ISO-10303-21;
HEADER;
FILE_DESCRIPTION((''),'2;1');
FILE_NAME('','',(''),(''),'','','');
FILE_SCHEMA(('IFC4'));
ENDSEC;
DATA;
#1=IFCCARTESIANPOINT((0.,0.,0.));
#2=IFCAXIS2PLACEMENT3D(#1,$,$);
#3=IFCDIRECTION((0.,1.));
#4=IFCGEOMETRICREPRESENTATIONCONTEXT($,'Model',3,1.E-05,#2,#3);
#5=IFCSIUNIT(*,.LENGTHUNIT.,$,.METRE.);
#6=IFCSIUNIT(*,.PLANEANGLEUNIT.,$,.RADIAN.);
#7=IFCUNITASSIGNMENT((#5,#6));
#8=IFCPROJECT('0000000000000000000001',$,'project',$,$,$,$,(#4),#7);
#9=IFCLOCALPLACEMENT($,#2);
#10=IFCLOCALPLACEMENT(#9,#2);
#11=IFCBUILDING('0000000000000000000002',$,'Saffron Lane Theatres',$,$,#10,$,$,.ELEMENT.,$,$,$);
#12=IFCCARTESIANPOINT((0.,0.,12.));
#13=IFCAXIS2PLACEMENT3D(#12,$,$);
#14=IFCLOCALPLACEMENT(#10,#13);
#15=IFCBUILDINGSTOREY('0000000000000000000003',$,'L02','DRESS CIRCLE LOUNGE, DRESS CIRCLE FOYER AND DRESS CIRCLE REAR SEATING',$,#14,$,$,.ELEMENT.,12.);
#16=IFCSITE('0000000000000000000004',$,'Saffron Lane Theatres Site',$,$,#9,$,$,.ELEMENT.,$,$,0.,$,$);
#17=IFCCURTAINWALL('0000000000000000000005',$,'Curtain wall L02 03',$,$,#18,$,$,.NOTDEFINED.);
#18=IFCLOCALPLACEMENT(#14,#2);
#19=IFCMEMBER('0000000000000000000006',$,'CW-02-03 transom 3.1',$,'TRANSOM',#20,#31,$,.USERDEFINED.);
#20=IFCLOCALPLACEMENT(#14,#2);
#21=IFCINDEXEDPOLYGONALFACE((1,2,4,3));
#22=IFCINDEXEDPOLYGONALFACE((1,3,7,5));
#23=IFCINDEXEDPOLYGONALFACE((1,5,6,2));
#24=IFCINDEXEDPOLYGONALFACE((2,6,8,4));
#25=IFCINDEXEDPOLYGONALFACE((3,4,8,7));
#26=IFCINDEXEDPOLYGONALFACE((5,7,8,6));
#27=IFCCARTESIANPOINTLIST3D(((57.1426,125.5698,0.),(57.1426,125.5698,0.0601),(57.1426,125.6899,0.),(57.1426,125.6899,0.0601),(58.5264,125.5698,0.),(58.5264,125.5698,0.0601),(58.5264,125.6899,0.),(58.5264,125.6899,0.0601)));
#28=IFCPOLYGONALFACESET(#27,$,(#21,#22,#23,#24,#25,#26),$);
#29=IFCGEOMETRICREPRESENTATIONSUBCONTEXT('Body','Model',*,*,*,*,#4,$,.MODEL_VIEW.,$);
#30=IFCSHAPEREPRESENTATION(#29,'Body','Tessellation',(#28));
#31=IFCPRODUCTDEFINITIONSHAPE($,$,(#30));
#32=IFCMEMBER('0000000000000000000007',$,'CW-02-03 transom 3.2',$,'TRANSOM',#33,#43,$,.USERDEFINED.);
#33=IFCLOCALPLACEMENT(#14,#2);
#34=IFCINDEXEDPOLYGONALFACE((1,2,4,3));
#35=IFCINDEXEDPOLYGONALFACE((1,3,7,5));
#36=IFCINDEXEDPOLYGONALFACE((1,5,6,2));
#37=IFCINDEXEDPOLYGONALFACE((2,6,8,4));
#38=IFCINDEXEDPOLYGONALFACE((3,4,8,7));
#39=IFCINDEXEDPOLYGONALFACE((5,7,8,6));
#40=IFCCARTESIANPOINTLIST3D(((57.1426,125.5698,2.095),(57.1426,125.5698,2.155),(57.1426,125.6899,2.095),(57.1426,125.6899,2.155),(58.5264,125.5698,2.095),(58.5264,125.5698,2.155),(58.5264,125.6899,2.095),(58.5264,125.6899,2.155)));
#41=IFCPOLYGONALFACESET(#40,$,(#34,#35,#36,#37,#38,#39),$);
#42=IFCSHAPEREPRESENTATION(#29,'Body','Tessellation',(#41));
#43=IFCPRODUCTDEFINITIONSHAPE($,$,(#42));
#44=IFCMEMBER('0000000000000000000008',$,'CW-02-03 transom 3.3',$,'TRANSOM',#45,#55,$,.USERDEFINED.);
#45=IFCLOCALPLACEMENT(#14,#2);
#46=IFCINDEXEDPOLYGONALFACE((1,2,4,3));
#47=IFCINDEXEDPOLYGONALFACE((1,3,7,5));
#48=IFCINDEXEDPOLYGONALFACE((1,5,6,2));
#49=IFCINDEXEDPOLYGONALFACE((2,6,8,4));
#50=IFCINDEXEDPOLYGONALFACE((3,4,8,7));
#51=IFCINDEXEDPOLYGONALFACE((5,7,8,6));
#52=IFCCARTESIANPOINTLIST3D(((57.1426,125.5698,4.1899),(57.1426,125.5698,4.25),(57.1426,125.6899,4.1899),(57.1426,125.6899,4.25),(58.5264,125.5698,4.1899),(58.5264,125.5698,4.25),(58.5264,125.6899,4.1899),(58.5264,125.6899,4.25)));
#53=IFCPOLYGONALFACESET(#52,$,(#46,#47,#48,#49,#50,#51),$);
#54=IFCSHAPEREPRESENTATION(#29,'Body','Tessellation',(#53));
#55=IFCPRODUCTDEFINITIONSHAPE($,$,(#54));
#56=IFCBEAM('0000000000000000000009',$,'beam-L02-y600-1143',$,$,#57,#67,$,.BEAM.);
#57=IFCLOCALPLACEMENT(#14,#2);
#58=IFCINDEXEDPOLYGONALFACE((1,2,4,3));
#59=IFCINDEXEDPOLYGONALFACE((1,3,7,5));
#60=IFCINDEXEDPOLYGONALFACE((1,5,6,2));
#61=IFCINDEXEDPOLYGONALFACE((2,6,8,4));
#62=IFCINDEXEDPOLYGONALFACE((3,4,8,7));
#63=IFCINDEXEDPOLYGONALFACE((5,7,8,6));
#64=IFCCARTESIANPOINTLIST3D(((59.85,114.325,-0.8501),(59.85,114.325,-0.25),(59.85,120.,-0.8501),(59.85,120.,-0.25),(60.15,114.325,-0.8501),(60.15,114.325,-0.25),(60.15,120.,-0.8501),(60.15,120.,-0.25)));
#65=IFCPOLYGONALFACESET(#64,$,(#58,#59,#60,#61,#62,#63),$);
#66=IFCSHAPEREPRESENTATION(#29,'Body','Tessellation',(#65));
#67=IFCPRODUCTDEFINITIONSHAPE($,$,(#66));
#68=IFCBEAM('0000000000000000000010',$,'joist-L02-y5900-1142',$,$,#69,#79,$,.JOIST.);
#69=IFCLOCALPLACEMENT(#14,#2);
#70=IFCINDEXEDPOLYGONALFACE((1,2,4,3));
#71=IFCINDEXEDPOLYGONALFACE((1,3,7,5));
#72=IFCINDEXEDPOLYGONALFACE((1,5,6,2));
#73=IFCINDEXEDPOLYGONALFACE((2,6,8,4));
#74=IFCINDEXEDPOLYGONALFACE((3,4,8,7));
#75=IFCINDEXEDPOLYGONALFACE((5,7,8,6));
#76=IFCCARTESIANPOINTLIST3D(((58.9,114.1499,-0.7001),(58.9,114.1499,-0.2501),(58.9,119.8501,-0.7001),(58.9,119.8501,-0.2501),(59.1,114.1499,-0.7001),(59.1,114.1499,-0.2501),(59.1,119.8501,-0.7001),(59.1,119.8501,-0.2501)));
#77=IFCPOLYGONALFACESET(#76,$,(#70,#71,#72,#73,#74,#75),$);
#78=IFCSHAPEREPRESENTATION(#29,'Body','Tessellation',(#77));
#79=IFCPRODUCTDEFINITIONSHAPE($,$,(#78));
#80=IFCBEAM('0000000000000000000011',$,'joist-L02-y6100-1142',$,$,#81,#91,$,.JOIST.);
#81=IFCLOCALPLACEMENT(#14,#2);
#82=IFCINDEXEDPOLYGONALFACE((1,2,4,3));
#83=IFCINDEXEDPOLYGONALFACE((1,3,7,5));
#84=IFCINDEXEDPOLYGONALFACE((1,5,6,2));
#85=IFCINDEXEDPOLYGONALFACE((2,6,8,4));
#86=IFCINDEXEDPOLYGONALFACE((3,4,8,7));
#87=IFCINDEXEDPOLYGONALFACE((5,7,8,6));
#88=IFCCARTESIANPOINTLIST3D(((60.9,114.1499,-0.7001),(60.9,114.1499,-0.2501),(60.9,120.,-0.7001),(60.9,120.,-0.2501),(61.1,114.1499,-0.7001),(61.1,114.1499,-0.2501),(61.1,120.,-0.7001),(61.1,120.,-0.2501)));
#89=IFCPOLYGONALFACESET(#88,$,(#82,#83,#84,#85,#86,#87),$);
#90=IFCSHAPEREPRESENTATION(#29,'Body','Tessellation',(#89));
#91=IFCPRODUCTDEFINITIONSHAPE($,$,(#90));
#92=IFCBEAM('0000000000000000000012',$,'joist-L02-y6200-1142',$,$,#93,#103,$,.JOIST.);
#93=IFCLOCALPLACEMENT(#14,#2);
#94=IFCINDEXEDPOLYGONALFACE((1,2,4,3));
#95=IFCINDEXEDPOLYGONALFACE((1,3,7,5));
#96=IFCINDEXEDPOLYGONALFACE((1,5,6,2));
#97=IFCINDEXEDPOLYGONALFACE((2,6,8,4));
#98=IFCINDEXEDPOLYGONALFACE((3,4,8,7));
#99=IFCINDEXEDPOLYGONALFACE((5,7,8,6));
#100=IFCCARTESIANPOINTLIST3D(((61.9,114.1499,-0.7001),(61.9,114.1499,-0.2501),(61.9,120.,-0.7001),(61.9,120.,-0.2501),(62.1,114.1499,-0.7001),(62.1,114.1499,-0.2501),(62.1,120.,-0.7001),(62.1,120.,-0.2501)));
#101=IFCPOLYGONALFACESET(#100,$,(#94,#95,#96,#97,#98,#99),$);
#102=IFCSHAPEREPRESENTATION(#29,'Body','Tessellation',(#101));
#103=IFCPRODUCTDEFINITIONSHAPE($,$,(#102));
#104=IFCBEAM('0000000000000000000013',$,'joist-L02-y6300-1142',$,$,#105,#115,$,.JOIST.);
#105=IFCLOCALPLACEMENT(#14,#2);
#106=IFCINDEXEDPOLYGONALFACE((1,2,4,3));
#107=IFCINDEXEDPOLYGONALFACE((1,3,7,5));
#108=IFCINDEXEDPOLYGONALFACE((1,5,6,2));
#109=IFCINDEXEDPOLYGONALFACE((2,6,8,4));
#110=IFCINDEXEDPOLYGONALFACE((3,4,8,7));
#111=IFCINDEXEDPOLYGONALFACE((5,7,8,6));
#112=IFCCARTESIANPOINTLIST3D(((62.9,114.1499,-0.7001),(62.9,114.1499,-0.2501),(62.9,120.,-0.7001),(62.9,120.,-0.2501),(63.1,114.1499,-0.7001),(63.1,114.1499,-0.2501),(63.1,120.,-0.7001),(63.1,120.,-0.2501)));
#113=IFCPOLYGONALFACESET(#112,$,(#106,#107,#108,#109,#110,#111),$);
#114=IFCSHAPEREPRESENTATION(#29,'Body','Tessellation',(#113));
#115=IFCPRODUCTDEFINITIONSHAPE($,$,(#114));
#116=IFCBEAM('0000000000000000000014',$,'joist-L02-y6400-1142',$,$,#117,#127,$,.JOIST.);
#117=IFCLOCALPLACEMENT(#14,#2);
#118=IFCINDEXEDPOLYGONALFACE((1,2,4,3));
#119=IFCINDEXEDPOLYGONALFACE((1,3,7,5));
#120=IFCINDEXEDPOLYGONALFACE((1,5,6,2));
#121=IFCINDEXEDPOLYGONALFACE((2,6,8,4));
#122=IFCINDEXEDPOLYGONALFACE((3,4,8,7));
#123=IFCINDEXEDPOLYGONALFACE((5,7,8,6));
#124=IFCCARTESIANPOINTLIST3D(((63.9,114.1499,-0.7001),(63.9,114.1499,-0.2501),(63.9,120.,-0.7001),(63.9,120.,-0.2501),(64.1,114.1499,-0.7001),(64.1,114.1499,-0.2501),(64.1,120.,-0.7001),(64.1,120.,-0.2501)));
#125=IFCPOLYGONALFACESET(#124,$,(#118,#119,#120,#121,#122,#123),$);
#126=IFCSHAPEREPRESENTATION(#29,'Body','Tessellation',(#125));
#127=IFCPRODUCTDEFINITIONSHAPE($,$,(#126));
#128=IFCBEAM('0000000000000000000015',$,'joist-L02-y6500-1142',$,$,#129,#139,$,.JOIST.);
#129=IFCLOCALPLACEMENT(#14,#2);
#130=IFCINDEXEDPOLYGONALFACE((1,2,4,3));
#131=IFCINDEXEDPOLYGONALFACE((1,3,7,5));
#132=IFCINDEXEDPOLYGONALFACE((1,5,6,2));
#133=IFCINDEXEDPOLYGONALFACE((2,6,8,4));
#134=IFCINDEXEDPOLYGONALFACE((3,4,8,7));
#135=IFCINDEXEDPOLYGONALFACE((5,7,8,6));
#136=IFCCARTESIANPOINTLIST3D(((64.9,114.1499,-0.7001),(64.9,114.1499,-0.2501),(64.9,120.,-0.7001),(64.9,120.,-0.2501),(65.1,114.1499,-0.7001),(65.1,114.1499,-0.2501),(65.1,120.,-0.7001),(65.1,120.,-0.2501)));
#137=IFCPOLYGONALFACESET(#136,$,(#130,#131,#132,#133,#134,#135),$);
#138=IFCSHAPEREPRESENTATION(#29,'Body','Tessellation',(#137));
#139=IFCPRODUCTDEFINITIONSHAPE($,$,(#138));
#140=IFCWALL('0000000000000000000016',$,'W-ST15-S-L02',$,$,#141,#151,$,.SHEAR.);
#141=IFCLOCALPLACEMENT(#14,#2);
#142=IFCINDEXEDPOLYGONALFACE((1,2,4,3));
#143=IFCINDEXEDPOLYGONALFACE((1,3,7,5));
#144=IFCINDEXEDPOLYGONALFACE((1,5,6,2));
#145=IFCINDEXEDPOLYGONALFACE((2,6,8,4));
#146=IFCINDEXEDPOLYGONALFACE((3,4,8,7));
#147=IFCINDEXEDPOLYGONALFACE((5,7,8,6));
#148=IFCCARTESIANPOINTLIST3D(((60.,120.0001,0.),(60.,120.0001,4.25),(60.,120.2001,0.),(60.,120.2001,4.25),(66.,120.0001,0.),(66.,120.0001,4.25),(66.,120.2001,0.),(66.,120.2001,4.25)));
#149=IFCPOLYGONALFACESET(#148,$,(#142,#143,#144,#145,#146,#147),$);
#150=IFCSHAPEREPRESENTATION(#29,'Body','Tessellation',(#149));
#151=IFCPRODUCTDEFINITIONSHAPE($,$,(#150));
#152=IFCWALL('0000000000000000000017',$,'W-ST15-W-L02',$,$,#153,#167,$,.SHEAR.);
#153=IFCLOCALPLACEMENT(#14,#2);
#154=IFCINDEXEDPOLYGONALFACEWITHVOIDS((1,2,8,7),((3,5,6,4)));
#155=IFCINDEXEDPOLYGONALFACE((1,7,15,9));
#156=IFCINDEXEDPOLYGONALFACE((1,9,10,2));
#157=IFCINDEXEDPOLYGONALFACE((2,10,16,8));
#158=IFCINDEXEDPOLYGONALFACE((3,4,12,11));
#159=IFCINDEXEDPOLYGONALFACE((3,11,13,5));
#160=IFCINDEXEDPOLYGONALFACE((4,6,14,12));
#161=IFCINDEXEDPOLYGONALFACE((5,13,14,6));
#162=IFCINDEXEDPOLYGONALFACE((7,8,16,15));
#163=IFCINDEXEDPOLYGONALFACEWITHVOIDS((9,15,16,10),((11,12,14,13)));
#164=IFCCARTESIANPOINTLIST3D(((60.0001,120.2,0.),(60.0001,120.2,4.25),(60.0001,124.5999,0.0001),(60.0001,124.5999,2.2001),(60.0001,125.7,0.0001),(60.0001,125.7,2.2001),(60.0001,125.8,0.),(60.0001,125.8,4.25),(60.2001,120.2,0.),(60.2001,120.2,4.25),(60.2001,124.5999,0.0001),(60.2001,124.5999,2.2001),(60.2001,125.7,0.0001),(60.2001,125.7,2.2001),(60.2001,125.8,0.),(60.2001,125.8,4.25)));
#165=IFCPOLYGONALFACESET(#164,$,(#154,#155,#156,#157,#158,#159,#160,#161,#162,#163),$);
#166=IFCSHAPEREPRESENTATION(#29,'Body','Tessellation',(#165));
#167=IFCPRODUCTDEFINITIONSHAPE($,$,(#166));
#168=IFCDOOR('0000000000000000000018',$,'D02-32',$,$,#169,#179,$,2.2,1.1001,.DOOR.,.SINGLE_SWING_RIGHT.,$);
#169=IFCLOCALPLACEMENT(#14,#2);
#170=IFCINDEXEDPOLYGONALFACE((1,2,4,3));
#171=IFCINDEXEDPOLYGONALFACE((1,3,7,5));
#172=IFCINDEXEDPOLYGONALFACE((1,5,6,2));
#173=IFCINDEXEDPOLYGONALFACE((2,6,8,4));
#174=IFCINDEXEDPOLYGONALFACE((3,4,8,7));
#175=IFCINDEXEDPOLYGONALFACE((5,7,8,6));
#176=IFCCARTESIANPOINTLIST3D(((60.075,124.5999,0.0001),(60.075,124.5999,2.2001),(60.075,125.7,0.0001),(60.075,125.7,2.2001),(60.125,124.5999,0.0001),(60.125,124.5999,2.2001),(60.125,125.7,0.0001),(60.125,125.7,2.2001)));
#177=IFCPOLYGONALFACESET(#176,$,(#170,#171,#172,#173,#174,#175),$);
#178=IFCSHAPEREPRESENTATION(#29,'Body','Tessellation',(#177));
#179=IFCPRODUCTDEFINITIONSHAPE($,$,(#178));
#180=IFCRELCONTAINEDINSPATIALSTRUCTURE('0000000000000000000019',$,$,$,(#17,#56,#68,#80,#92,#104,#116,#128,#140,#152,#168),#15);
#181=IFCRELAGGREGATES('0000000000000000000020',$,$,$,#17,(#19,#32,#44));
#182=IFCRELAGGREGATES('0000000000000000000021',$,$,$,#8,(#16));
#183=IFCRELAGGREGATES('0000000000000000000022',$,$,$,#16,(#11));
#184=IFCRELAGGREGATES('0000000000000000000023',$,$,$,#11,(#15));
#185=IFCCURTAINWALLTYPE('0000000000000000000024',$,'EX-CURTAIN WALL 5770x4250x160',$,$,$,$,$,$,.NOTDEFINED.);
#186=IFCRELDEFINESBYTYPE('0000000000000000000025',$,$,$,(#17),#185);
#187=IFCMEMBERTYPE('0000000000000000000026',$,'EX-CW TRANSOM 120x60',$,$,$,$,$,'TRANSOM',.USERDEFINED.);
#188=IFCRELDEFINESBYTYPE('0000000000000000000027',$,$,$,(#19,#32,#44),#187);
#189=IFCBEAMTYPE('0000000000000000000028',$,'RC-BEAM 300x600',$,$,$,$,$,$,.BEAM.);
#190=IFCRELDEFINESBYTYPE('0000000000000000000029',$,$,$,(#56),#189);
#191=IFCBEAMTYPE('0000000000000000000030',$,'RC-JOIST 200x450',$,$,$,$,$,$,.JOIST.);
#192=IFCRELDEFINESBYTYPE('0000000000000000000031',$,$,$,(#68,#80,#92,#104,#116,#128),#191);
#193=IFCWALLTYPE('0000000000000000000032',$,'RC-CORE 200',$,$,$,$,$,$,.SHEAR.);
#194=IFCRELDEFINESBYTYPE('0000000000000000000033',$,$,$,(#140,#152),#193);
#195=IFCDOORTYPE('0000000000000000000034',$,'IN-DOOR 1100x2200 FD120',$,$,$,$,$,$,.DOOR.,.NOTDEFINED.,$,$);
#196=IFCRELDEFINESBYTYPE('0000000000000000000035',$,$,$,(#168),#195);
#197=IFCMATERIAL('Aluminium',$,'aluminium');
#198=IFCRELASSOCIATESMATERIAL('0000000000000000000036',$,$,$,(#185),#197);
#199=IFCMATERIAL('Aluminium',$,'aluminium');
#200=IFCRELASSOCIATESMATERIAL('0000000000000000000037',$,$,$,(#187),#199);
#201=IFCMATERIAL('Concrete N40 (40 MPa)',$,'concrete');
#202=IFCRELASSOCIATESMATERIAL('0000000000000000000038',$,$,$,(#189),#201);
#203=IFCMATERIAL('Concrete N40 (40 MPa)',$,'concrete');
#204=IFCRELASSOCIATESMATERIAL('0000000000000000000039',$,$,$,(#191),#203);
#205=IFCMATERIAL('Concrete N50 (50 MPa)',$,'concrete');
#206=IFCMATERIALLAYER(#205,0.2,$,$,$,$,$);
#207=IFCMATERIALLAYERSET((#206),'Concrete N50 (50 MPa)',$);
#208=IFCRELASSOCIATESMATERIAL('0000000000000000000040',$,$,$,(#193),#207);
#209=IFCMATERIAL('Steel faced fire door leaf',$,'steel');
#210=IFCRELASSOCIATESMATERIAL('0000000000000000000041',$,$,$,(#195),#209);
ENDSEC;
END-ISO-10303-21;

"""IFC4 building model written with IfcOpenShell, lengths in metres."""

from ifc_helpers import new_model, si_unit, direction, frame, frame_2d, origin, origin_2d, place, context, subcontext, project, spatial, rectangle, extrude, material, layer, layer_set, material_profile, profile_set, type_object, element, fill, aggregate, save


model = new_model("IFC4")

# Units and contexts
model_context = context("Model", 3, precision=1e-05, world=origin(), true_north=direction((0.0, 1.0)))
body_context = subcontext(model_context, "Body", "Model", "MODEL_VIEW")
ifc_project = project(units=[si_unit("LENGTHUNIT", "METRE"), si_unit("PLANEANGLEUNIT", "RADIAN")], contexts=[model_context])

# Site, building, storey
site_placement = place(None, origin())
site = spatial("IfcSite", under=ifc_project, at=site_placement, Name="Saffron Lane Theatres Site", CompositionType="ELEMENT", RefElevation=0.0)
building_placement = place(site_placement, origin())
building = spatial("IfcBuilding", under=site, at=building_placement, Name="Saffron Lane Theatres", CompositionType="ELEMENT")
storey_placement = place(building_placement, frame((0.0, 0.0, 12.0)))
storey = spatial("IfcBuildingStorey", under=building, at=storey_placement, Name="L02", Description="DRESS CIRCLE LOUNGE, DRESS CIRCLE FOYER AND DRESS CIRCLE REAR SEATING", CompositionType="ELEMENT", Elevation=12.0)

# Curtain wall, members
ifc_material_1 = material(Name="Aluminium", Category="aluminium")
curtain_wall_type = type_object("IfcCurtainWallType", Name="EX-CURTAIN WALL 5770x4250x160", PredefinedType="NOTDEFINED", material=ifc_material_1)
curtain_wall_placement = place(storey_placement, origin())
curtain_wall = element("IfcCurtainWall", 1, at=curtain_wall_placement, inside=storey, type_object=curtain_wall_type, Name="Curtain wall L02 03", PredefinedType="NOTDEFINED")
ifc_material_2 = material(Name="Aluminium", Category="aluminium")
ifc_material_profile_1 = material_profile(ifc_material_2, rectangle(XDim=0.1201, YDim=0.0601, at=origin_2d()))
ifc_profile_set_1 = profile_set([ifc_material_profile_1], Name="Aluminium")
member_type = type_object("IfcMemberType", Name="EX-CW TRANSOM 120x60", ElementType="TRANSOM", PredefinedType="USERDEFINED", material=ifc_profile_set_1)
member_1_placement = place(storey_placement, frame((57.1426, 125.6299, 0.03), z_axis=(1.0, 0.0, 0.0), x_axis=(0.0, 1.0, 0.0)))
member_1 = element("IfcMember", 2, at=member_1_placement, type_object=member_type, Name="CW-02-03 transom 3.1", ObjectType="TRANSOM", PredefinedType="USERDEFINED", context=body_context, shape_type="SweptSolid", body=[
    extrude(rectangle(XDim=0.1201, YDim=0.0601, at=origin_2d()), origin(), (0.0, 0.0, 1.0), 1.3838),
])
member_2_placement = place(storey_placement, frame((57.1426, 125.6299, 2.125), z_axis=(1.0, 0.0, 0.0), x_axis=(0.0, 1.0, 0.0)))
member_2 = element("IfcMember", 3, at=member_2_placement, type_object=member_type, Name="CW-02-03 transom 3.2", ObjectType="TRANSOM", PredefinedType="USERDEFINED", context=body_context, shape_type="SweptSolid", body=[
    extrude(rectangle(XDim=0.1201, YDim=0.0601, at=origin_2d()), origin(), (0.0, 0.0, 1.0), 1.3838),
])
member_3_placement = place(storey_placement, frame((57.1426, 125.6299, 4.22), z_axis=(1.0, 0.0, 0.0), x_axis=(0.0, 1.0, 0.0)))
member_3 = element("IfcMember", 4, at=member_3_placement, type_object=member_type, Name="CW-02-03 transom 3.3", ObjectType="TRANSOM", PredefinedType="USERDEFINED", context=body_context, shape_type="SweptSolid", body=[
    extrude(rectangle(XDim=0.1201, YDim=0.0601, at=origin_2d()), origin(), (0.0, 0.0, 1.0), 1.3838),
])
aggregate(curtain_wall, [member_1, member_2, member_3])

# Beams
ifc_material_3 = material(Name="Concrete N40 (40 MPa)", Category="concrete")
ifc_material_profile_2 = material_profile(ifc_material_3, rectangle(XDim=0.3, YDim=0.6001, at=origin_2d()))
ifc_profile_set_2 = profile_set([ifc_material_profile_2], Name="Concrete N40 (40 MPa)")
beam_type_1 = type_object("IfcBeamType", Name="RC-BEAM 300x600", PredefinedType="BEAM", material=ifc_profile_set_2)
beam_1_placement = place(storey_placement, frame((60.0, 114.325, -0.55), z_axis=(0.0, 1.0, 0.0), x_axis=(-1.0, 0.0, 0.0)))
element("IfcBeam", 5, at=beam_1_placement, inside=storey, type_object=beam_type_1, Name="beam-L02-y600-1143", PredefinedType="BEAM", context=body_context, shape_type="SweptSolid", body=[
    extrude(rectangle(XDim=0.3, YDim=0.6001, at=origin_2d()), origin(), (0.0, 0.0, 1.0), 5.675),
])
ifc_material_4 = material(Name="Concrete N40 (40 MPa)", Category="concrete")
ifc_material_profile_3 = material_profile(ifc_material_4, rectangle(XDim=0.2, YDim=0.45, at=origin_2d()))
ifc_profile_set_3 = profile_set([ifc_material_profile_3], Name="Concrete N40 (40 MPa)")
beam_type_2 = type_object("IfcBeamType", Name="RC-JOIST 200x450", PredefinedType="JOIST", material=ifc_profile_set_3)
beam_2_placement = place(storey_placement, frame((59.0, 114.1499, -0.4751), z_axis=(0.0, 1.0, 0.0), x_axis=(-1.0, 0.0, 0.0)))
element("IfcBeam", 6, at=beam_2_placement, inside=storey, type_object=beam_type_2, Name="joist-L02-y5900-1142", PredefinedType="JOIST", context=body_context, shape_type="SweptSolid", body=[
    extrude(rectangle(XDim=0.2, YDim=0.45, at=origin_2d()), origin(), (0.0, 0.0, 1.0), 5.7002),
])
for number, where, z_axis, x_axis, name in (
    (7, (61.0, 114.1499, -0.4751), (0.0, 1.0, 0.0), (-1.0, 0.0, 0.0), "joist-L02-y6100-1142"),
    (8, (62.0, 114.1499, -0.4751), (0.0, 1.0, 0.0), (-1.0, 0.0, 0.0), "joist-L02-y6200-1142"),
    (9, (63.0, 114.1499, -0.4751), (0.0, 1.0, 0.0), (-1.0, 0.0, 0.0), "joist-L02-y6300-1142"),
    (10, (64.0, 114.1499, -0.4751), (0.0, 1.0, 0.0), (-1.0, 0.0, 0.0), "joist-L02-y6400-1142"),
    (11, (65.0, 114.1499, -0.4751), (0.0, 1.0, 0.0), (-1.0, 0.0, 0.0), "joist-L02-y6500-1142"),
):
    element("IfcBeam", number, at=place(storey_placement, frame(where, z_axis=z_axis, x_axis=x_axis)), inside=storey, type_object=beam_type_2, Name=name, PredefinedType="JOIST", context=body_context, shape_type="SweptSolid", body=[
        extrude(rectangle(XDim=0.2, YDim=0.45, at=origin_2d()), origin(), (0.0, 0.0, 1.0), 5.8501),
    ])

# Wall
ifc_material_5 = material(Name="Concrete N50 (50 MPa)", Category="concrete")
ifc_layer_1 = layer(ifc_material_5, 0.2)
ifc_layer_set_1 = layer_set([ifc_layer_1], Name="Concrete N50 (50 MPa)")
wall_type_1 = type_object("IfcWallType", Name="RC-CORE 200", PredefinedType="SHEAR", material=ifc_layer_set_1)
wall_1_placement = place(storey_placement, frame((60.0, 120.1001, 0.0), z_axis=(0.0, 0.0, 1.0), x_axis=(1.0, 0.0, 0.0)))
element("IfcWall", 12, at=wall_1_placement, inside=storey, type_object=wall_type_1, Name="W-ST15-S-L02", PredefinedType="SHEAR", context=body_context, shape_type="SweptSolid", body=[
    extrude(rectangle(XDim=6.0, YDim=0.2, at=frame_2d((3.0, 0.0))), origin(), (0.0, 0.0, 1.0), 4.25),
])

# Wall, opening, door
wall_2_placement = place(storey_placement, frame((60.1001, 120.2, 0.0), z_axis=(0.0, 0.0, 1.0), x_axis=(0.0, 1.0, 0.0)))
wall_2 = element("IfcWall", 13, at=wall_2_placement, inside=storey, type_object=wall_type_1, Name="W-ST15-W-L02", PredefinedType="SHEAR", context=body_context, shape_type="SweptSolid", body=[
    extrude(rectangle(XDim=5.6001, YDim=0.2, at=frame_2d((2.8, 0.0))), origin(), (0.0, 0.0, 1.0), 4.25),
])
opening_1_placement = place(wall_2_placement, frame((4.3999, 0.0, 0.0)))
opening_1 = element("IfcOpeningElement", 14, at=opening_1_placement, cuts=wall_2, PredefinedType="OPENING", context=body_context, shape_type="SweptSolid", body=[
    extrude(rectangle(XDim=1.1001, YDim=2.2, at=frame_2d((0.55, 1.1001))), frame((0.0, 0.1099, 0.0), z_axis=(0.0, -1.0, 0.0), x_axis=(1.0, 0.0, 0.0)), (0.0, 0.0, 1.0), 0.22),
])
ifc_material_6 = material(Name="Steel faced fire door leaf", Category="steel")
door_type = type_object("IfcDoorType", Name="IN-DOOR 1100x2200 FD120", OperationType="NOTDEFINED", PredefinedType="DOOR", material=ifc_material_6)
door_placement = place(opening_1_placement, frame((1.1001, 0.0, 0.0), z_axis=(0.0, 0.0, 1.0), x_axis=(-1.0, 0.0, 0.0)))
door = element("IfcDoor", 15, at=door_placement, inside=storey, type_object=door_type, Name="D02-32", OperationType="SINGLE_SWING_RIGHT", OverallHeight=2.2, OverallWidth=1.1001, PredefinedType="DOOR", context=body_context, shape_type="SweptSolid", body=[
    extrude(rectangle(XDim=1.1001, YDim=2.2, at=frame_2d((0.55, 1.1001))), frame((0.0, 0.0249, 0.0), z_axis=(0.0, -1.0, 0.0), x_axis=(1.0, 0.0, 0.0)), (0.0, 0.0, 1.0), 0.05),
])
fill(opening_1, door)

save(model, "model.ifc")
